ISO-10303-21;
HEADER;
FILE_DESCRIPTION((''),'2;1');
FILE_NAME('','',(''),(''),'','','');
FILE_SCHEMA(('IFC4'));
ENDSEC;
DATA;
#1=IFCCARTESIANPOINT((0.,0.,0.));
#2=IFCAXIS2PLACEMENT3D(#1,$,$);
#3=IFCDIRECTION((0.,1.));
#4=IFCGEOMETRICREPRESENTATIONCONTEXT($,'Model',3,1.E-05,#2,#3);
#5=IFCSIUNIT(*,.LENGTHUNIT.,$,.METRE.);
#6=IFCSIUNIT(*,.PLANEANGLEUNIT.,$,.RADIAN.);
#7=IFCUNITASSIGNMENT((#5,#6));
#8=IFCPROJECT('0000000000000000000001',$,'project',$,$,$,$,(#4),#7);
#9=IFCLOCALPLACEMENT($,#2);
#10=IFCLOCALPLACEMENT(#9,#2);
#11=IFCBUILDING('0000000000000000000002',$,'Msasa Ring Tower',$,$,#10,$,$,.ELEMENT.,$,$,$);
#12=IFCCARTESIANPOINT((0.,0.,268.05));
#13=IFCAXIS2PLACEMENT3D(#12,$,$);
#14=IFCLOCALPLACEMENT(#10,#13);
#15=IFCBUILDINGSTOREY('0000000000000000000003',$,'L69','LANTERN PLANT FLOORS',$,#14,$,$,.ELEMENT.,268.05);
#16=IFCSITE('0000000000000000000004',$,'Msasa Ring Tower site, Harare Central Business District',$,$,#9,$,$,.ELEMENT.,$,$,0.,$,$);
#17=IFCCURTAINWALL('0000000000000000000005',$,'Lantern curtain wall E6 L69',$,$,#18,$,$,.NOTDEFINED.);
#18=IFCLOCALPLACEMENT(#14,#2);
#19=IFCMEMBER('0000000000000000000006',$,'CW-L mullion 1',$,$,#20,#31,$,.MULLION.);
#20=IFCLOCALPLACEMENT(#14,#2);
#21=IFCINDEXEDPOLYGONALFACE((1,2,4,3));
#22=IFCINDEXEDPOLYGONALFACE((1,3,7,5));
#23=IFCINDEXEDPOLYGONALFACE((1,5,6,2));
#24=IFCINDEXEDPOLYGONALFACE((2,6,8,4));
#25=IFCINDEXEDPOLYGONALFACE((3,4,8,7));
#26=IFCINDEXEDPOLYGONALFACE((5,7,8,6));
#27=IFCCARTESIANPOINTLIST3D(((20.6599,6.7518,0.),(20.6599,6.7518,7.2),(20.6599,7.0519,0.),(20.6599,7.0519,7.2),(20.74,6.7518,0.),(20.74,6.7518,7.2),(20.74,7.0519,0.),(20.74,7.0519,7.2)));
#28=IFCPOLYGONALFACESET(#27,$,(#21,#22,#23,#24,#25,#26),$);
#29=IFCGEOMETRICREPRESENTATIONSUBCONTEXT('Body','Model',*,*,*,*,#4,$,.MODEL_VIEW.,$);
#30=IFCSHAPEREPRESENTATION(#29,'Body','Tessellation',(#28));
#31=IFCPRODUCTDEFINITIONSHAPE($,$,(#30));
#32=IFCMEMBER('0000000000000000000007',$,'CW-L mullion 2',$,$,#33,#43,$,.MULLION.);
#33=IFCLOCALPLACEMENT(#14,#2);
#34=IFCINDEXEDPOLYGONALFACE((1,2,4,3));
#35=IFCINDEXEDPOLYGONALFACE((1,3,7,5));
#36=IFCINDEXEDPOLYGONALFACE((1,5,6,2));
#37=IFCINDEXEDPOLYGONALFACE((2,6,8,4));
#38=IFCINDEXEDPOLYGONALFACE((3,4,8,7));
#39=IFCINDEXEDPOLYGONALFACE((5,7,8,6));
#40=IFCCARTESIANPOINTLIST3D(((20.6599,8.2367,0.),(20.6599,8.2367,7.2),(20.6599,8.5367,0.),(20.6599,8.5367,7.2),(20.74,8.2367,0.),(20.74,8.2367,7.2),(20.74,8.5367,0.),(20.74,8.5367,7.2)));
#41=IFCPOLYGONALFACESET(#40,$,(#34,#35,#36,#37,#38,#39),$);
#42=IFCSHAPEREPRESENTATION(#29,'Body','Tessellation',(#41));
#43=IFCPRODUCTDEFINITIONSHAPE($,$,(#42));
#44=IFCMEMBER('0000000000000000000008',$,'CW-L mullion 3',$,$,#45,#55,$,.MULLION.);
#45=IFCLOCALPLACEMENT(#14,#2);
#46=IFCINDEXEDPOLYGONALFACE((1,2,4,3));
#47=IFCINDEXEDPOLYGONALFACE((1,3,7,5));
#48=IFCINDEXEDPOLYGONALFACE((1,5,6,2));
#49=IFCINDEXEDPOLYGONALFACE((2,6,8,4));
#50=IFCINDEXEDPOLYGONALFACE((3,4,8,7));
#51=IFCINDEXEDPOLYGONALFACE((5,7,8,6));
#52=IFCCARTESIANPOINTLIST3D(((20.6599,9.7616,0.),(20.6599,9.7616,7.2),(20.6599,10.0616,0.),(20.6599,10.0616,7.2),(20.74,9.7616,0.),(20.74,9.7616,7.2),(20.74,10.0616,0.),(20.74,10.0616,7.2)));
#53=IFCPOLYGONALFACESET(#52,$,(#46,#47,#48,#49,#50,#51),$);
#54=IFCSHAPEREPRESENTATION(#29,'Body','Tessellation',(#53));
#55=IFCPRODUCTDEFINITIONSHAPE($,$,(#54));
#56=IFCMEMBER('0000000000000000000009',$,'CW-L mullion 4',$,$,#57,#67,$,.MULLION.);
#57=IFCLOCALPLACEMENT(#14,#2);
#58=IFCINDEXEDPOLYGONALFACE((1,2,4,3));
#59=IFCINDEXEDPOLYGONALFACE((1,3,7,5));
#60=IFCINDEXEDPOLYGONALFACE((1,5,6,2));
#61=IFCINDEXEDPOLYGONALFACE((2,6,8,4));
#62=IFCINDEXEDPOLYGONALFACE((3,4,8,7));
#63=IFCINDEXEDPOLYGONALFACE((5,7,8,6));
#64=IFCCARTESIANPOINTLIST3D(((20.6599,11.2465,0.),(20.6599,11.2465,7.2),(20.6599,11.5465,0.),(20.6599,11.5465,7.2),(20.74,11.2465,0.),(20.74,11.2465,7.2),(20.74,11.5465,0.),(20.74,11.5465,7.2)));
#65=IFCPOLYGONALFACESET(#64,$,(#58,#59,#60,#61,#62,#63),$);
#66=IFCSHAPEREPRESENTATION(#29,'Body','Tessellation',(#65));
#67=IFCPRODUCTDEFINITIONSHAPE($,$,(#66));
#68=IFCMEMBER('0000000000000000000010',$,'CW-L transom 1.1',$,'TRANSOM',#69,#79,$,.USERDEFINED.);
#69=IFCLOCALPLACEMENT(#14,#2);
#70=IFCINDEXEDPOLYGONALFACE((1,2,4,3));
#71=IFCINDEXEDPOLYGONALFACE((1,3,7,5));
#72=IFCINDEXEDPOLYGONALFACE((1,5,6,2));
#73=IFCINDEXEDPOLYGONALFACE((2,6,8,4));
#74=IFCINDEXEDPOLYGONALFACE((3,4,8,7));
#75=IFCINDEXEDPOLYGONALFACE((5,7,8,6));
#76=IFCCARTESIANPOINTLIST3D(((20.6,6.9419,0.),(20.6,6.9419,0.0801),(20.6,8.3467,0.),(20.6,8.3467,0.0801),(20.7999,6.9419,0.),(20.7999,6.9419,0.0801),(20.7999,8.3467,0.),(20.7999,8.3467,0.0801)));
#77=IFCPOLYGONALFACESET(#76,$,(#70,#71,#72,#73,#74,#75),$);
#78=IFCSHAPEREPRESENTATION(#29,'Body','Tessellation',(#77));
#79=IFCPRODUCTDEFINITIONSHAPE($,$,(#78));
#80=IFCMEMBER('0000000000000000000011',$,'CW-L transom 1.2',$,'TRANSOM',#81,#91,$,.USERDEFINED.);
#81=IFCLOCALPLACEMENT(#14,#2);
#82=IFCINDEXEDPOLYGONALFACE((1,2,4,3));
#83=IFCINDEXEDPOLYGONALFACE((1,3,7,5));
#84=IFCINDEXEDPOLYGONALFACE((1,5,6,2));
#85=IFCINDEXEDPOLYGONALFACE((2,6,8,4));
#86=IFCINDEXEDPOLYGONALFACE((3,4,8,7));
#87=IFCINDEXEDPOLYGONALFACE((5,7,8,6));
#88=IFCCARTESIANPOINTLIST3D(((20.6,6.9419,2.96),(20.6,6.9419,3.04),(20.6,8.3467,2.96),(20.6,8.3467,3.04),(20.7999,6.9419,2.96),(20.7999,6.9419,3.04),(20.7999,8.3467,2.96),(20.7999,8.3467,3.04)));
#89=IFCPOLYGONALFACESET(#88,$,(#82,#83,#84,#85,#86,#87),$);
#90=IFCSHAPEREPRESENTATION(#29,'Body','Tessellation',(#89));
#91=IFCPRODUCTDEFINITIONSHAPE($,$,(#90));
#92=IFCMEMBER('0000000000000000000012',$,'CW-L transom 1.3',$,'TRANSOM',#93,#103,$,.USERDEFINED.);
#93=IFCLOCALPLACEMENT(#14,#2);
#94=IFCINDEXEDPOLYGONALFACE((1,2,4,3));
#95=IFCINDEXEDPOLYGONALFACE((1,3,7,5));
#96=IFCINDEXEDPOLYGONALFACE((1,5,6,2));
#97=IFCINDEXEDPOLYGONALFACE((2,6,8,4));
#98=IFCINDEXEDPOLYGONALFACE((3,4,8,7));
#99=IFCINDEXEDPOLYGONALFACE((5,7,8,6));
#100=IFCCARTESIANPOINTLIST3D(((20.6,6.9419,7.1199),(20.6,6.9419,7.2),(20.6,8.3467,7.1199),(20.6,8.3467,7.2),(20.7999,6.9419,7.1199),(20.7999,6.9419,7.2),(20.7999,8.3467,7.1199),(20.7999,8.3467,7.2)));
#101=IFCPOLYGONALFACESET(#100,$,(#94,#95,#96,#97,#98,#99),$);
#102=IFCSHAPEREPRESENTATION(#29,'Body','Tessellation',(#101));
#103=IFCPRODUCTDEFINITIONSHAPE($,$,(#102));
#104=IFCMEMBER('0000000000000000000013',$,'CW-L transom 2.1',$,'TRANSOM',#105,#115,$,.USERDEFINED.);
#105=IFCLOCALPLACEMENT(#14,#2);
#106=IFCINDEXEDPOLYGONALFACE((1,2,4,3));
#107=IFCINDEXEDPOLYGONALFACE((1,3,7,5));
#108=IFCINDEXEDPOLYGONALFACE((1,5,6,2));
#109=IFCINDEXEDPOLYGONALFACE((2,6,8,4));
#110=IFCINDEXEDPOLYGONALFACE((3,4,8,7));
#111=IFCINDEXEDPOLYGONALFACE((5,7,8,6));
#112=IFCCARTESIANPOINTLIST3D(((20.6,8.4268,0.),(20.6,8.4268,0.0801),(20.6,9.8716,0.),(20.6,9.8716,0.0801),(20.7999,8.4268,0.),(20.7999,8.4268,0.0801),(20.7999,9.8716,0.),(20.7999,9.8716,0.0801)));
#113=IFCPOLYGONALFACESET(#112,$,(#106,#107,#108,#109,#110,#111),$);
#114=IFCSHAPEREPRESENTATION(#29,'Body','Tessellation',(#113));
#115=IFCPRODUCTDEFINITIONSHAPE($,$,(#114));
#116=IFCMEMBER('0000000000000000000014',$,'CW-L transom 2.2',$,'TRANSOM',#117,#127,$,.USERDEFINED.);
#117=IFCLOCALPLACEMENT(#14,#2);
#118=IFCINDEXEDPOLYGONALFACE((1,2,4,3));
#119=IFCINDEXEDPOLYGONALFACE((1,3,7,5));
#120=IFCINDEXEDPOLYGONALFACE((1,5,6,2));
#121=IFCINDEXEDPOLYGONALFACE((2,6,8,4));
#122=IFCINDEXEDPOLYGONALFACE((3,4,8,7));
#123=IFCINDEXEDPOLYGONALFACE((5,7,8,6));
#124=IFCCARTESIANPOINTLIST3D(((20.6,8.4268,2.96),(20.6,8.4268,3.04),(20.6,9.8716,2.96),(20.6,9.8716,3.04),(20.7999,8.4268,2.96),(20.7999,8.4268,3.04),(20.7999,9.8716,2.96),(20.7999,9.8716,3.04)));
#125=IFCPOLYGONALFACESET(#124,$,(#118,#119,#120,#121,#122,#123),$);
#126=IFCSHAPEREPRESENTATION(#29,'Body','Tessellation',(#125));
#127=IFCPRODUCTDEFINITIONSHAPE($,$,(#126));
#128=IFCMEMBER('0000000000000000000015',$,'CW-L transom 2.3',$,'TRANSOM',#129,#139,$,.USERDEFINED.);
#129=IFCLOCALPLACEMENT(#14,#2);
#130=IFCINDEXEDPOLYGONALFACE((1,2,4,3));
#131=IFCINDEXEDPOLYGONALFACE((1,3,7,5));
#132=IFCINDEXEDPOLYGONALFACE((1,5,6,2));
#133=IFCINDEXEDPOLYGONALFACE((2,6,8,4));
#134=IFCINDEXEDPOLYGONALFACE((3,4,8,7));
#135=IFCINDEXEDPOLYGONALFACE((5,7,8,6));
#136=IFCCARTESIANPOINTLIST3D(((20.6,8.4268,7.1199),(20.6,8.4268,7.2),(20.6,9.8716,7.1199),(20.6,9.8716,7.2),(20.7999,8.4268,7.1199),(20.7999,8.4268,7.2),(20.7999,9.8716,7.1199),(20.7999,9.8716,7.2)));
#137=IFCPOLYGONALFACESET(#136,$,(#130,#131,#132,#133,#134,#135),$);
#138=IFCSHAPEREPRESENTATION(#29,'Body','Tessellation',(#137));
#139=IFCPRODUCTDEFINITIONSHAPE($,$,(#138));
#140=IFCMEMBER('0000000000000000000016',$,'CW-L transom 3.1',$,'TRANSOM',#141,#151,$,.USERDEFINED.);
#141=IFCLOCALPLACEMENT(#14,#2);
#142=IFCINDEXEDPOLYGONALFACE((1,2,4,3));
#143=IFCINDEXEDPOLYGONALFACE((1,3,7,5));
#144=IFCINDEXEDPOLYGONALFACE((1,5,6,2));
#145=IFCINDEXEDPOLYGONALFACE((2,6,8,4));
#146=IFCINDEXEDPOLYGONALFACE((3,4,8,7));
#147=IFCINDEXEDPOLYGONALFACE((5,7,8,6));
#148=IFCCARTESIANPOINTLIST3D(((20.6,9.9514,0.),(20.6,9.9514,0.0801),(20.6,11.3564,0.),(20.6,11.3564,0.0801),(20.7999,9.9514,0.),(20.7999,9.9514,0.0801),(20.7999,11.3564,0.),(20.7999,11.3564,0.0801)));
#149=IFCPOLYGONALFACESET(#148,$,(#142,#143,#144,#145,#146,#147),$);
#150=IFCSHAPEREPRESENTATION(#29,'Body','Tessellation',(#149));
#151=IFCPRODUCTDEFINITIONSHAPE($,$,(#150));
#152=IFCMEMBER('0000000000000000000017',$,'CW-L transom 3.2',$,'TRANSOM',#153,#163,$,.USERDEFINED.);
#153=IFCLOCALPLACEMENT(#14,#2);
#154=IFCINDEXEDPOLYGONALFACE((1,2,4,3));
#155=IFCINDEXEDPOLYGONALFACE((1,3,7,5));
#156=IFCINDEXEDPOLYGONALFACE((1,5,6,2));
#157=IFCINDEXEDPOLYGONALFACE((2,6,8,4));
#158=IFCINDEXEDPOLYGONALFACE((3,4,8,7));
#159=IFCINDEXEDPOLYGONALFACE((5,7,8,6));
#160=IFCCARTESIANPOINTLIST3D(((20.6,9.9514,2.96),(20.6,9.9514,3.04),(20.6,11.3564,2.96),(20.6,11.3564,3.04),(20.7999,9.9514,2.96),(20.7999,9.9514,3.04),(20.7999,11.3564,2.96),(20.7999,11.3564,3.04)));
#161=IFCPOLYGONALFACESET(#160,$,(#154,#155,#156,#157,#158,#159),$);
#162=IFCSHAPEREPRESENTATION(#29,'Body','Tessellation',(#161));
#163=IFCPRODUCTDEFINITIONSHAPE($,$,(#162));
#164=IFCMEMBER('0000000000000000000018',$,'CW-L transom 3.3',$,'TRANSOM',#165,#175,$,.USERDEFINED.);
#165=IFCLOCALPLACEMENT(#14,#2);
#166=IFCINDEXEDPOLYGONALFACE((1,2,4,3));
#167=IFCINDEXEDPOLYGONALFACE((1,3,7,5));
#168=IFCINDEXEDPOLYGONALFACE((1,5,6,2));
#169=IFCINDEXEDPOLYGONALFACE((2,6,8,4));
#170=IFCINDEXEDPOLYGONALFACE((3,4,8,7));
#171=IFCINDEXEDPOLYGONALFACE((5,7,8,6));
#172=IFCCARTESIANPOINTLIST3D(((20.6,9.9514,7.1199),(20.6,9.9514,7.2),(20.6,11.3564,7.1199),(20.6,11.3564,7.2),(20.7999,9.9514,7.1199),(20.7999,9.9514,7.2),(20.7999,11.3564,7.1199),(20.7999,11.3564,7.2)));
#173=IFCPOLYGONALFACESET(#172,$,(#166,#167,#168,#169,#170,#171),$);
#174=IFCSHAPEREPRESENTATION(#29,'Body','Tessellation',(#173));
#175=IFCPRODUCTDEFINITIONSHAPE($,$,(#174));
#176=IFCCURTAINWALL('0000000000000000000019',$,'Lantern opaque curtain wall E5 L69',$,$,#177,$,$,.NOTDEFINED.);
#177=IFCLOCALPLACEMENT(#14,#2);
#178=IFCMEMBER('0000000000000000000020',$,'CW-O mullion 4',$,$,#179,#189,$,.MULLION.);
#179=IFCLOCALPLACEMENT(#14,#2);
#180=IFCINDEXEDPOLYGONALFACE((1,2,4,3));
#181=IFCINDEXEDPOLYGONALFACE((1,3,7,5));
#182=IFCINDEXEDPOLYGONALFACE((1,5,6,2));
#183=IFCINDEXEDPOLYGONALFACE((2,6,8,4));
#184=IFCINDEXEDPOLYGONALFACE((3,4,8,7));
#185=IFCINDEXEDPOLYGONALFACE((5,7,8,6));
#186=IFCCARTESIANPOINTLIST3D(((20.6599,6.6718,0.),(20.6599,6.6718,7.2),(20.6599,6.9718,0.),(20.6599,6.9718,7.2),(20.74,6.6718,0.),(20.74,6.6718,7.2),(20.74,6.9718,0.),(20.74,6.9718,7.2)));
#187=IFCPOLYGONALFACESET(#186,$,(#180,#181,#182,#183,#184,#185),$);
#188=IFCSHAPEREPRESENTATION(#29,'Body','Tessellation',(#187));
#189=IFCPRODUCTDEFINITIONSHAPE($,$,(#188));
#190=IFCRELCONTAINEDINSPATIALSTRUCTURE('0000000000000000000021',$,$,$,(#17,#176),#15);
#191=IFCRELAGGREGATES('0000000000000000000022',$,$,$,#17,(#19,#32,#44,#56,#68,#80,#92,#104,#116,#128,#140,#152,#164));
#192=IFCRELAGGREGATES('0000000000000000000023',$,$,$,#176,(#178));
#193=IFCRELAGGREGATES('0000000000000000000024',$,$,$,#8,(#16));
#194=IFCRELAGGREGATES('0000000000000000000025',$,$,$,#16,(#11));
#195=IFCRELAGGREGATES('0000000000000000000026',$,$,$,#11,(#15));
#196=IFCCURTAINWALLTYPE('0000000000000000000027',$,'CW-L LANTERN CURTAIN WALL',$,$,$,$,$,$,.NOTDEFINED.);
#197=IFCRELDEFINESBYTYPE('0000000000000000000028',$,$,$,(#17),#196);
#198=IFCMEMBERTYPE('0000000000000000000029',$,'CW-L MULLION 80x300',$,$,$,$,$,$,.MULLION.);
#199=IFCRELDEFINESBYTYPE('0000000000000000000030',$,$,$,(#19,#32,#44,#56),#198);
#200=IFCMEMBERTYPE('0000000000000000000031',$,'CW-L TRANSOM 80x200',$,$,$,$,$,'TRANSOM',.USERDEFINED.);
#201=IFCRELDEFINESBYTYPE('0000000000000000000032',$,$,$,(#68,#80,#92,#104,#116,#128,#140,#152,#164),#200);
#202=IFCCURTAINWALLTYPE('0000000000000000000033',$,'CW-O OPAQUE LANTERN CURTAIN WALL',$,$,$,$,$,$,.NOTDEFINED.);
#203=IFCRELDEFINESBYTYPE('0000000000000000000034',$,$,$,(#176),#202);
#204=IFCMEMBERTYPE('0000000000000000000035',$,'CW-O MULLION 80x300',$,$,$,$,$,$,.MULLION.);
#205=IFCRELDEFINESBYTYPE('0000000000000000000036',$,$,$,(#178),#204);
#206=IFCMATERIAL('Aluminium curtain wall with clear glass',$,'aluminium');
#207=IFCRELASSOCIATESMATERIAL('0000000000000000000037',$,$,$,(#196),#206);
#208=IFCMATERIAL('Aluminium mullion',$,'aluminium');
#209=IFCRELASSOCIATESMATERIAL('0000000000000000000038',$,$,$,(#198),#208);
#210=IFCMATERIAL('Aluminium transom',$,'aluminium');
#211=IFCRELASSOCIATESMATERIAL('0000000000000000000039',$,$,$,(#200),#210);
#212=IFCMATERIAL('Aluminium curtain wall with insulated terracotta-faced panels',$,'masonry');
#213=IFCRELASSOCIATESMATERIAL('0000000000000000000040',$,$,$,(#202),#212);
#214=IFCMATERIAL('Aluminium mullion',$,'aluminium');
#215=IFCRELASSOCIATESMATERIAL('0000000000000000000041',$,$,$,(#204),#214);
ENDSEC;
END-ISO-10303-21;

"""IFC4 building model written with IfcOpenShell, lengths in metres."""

from ifc_helpers import new_model, si_unit, direction, frame, origin, origin_2d, place, context, subcontext, project, spatial, rectangle, extrude, material, material_profile, profile_set, type_object, element, aggregate, save


model = new_model("IFC4")

# Units and contexts
model_context = context("Model", 3, precision=1e-05, world=origin(), true_north=direction((0.0, 1.0)))
body_context = subcontext(model_context, "Body", "Model", "MODEL_VIEW")
ifc_project = project(units=[si_unit("LENGTHUNIT", "METRE"), si_unit("PLANEANGLEUNIT", "RADIAN")], contexts=[model_context])

# Site, building, storey
site_placement = place(None, origin())
site = spatial("IfcSite", under=ifc_project, at=site_placement, Name="Msasa Ring Tower site, Harare Central Business District", CompositionType="ELEMENT", RefElevation=0.0)
building_placement = place(site_placement, origin())
building = spatial("IfcBuilding", under=site, at=building_placement, Name="Msasa Ring Tower", CompositionType="ELEMENT")
storey_placement = place(building_placement, frame((0.0, 0.0, 268.05)))
storey = spatial("IfcBuildingStorey", under=building, at=storey_placement, Name="L69", Description="LANTERN PLANT FLOORS", CompositionType="ELEMENT", Elevation=268.05)

# Curtain walls, members
ifc_material_1 = material(Name="Aluminium curtain wall with clear glass", Category="aluminium")
curtain_wall_type_1 = type_object("IfcCurtainWallType", Name="CW-L LANTERN CURTAIN WALL", PredefinedType="NOTDEFINED", material=ifc_material_1)
curtain_wall_1_placement = place(storey_placement, origin())
curtain_wall_1 = element("IfcCurtainWall", 1, at=curtain_wall_1_placement, inside=storey, type_object=curtain_wall_type_1, Name="Lantern curtain wall E6 L69", PredefinedType="NOTDEFINED")
ifc_material_2 = material(Name="Aluminium mullion", Category="aluminium")
ifc_material_profile_1 = material_profile(ifc_material_2, rectangle(XDim=0.0801, YDim=0.3, at=origin_2d()), Name="AL 80x300")
ifc_profile_set_1 = profile_set([ifc_material_profile_1], Name="Aluminium mullion")
member_type_1 = type_object("IfcMemberType", Name="CW-L MULLION 80x300", PredefinedType="MULLION", material=ifc_profile_set_1)
member_1_placement = place(storey_placement, frame((20.7, 6.9019, 0.0), z_axis=(0.0, 0.0, 1.0), x_axis=(-1.0, 0.0, 0.0)))
member_1 = element("IfcMember", 2, at=member_1_placement, type_object=member_type_1, Name="CW-L mullion 1", PredefinedType="MULLION", context=body_context, shape_type="SweptSolid", body=[
    extrude(rectangle(XDim=0.0801, YDim=0.3, at=origin_2d()), origin(), (0.0, 0.0, 1.0), 7.2),
])
member_2_placement = place(storey_placement, frame((20.7, 8.3867, 0.0), z_axis=(0.0, 0.0, 1.0), x_axis=(-1.0, 0.0, 0.0)))
member_2 = element("IfcMember", 3, at=member_2_placement, type_object=member_type_1, Name="CW-L mullion 2", PredefinedType="MULLION", context=body_context, shape_type="SweptSolid", body=[
    extrude(rectangle(XDim=0.0801, YDim=0.3, at=origin_2d()), origin(), (0.0, 0.0, 1.0), 7.2),
])
member_3_placement = place(storey_placement, frame((20.7, 9.9116, 0.0), z_axis=(0.0, 0.0, 1.0), x_axis=(-1.0, 0.0, 0.0)))
member_3 = element("IfcMember", 4, at=member_3_placement, type_object=member_type_1, Name="CW-L mullion 3", PredefinedType="MULLION", context=body_context, shape_type="SweptSolid", body=[
    extrude(rectangle(XDim=0.0801, YDim=0.3, at=origin_2d()), origin(), (0.0, 0.0, 1.0), 7.2),
])
member_4_placement = place(storey_placement, frame((20.7, 11.3965, 0.0), z_axis=(0.0, 0.0, 1.0), x_axis=(-1.0, 0.0, 0.0)))
member_4 = element("IfcMember", 5, at=member_4_placement, type_object=member_type_1, Name="CW-L mullion 4", PredefinedType="MULLION", context=body_context, shape_type="SweptSolid", body=[
    extrude(rectangle(XDim=0.0801, YDim=0.3, at=origin_2d()), origin(), (0.0, 0.0, 1.0), 7.2),
])
ifc_material_3 = material(Name="Aluminium transom", Category="aluminium")
ifc_material_profile_2 = material_profile(ifc_material_3, rectangle(XDim=0.2, YDim=0.0801, at=origin_2d()), Name="AL 80x200")
ifc_profile_set_2 = profile_set([ifc_material_profile_2], Name="Aluminium transom")
member_type_2 = type_object("IfcMemberType", Name="CW-L TRANSOM 80x200", ElementType="TRANSOM", PredefinedType="USERDEFINED", material=ifc_profile_set_2)
member_5_placement = place(storey_placement, frame((20.7, 6.9419, 0.04), z_axis=(0.0, 1.0, 0.0), x_axis=(-1.0, 0.0, 0.0)))
member_5 = element("IfcMember", 6, at=member_5_placement, type_object=member_type_2, Name="CW-L transom 1.1", ObjectType="TRANSOM", PredefinedType="USERDEFINED", context=body_context, shape_type="SweptSolid", body=[
    extrude(rectangle(XDim=0.2, YDim=0.0801, at=origin_2d()), origin(), (0.0, 0.0, 1.0), 1.4048),
])
member_6_placement = place(storey_placement, frame((20.7, 6.9419, 3.0), z_axis=(0.0, 1.0, 0.0), x_axis=(-1.0, 0.0, 0.0)))
member_6 = element("IfcMember", 7, at=member_6_placement, type_object=member_type_2, Name="CW-L transom 1.2", ObjectType="TRANSOM", PredefinedType="USERDEFINED", context=body_context, shape_type="SweptSolid", body=[
    extrude(rectangle(XDim=0.2, YDim=0.0801, at=origin_2d()), origin(), (0.0, 0.0, 1.0), 1.4048),
])
member_7_placement = place(storey_placement, frame((20.7, 6.9419, 7.1599), z_axis=(0.0, 1.0, 0.0), x_axis=(-1.0, 0.0, 0.0)))
member_7 = element("IfcMember", 8, at=member_7_placement, type_object=member_type_2, Name="CW-L transom 1.3", ObjectType="TRANSOM", PredefinedType="USERDEFINED", context=body_context, shape_type="SweptSolid", body=[
    extrude(rectangle(XDim=0.2, YDim=0.0801, at=origin_2d()), origin(), (0.0, 0.0, 1.0), 1.4048),
])
member_8_placement = place(storey_placement, frame((20.7, 8.4268, 0.04), z_axis=(0.0, 1.0, 0.0), x_axis=(-1.0, 0.0, 0.0)))
member_8 = element("IfcMember", 9, at=member_8_placement, type_object=member_type_2, Name="CW-L transom 2.1", ObjectType="TRANSOM", PredefinedType="USERDEFINED", context=body_context, shape_type="SweptSolid", body=[
    extrude(rectangle(XDim=0.2, YDim=0.0801, at=origin_2d()), origin(), (0.0, 0.0, 1.0), 1.4448),
])
member_9_placement = place(storey_placement, frame((20.7, 8.4268, 3.0), z_axis=(0.0, 1.0, 0.0), x_axis=(-1.0, 0.0, 0.0)))
member_9 = element("IfcMember", 10, at=member_9_placement, type_object=member_type_2, Name="CW-L transom 2.2", ObjectType="TRANSOM", PredefinedType="USERDEFINED", context=body_context, shape_type="SweptSolid", body=[
    extrude(rectangle(XDim=0.2, YDim=0.0801, at=origin_2d()), origin(), (0.0, 0.0, 1.0), 1.4448),
])
member_10_placement = place(storey_placement, frame((20.7, 8.4268, 7.1599), z_axis=(0.0, 1.0, 0.0), x_axis=(-1.0, 0.0, 0.0)))
member_10 = element("IfcMember", 11, at=member_10_placement, type_object=member_type_2, Name="CW-L transom 2.3", ObjectType="TRANSOM", PredefinedType="USERDEFINED", context=body_context, shape_type="SweptSolid", body=[
    extrude(rectangle(XDim=0.2, YDim=0.0801, at=origin_2d()), origin(), (0.0, 0.0, 1.0), 1.4448),
])
member_11_placement = place(storey_placement, frame((20.7, 9.9514, 0.04), z_axis=(0.0, 1.0, 0.0), x_axis=(-1.0, 0.0, 0.0)))
member_11 = element("IfcMember", 12, at=member_11_placement, type_object=member_type_2, Name="CW-L transom 3.1", ObjectType="TRANSOM", PredefinedType="USERDEFINED", context=body_context, shape_type="SweptSolid", body=[
    extrude(rectangle(XDim=0.2, YDim=0.0801, at=origin_2d()), origin(), (0.0, 0.0, 1.0), 1.405),
])
member_12_placement = place(storey_placement, frame((20.7, 9.9514, 3.0), z_axis=(0.0, 1.0, 0.0), x_axis=(-1.0, 0.0, 0.0)))
member_12 = element("IfcMember", 13, at=member_12_placement, type_object=member_type_2, Name="CW-L transom 3.2", ObjectType="TRANSOM", PredefinedType="USERDEFINED", context=body_context, shape_type="SweptSolid", body=[
    extrude(rectangle(XDim=0.2, YDim=0.0801, at=origin_2d()), origin(), (0.0, 0.0, 1.0), 1.405),
])
member_13_placement = place(storey_placement, frame((20.7, 9.9514, 7.1599), z_axis=(0.0, 1.0, 0.0), x_axis=(-1.0, 0.0, 0.0)))
member_13 = element("IfcMember", 14, at=member_13_placement, type_object=member_type_2, Name="CW-L transom 3.3", ObjectType="TRANSOM", PredefinedType="USERDEFINED", context=body_context, shape_type="SweptSolid", body=[
    extrude(rectangle(XDim=0.2, YDim=0.0801, at=origin_2d()), origin(), (0.0, 0.0, 1.0), 1.405),
])
ifc_material_4 = material(Name="Aluminium curtain wall with insulated terracotta-faced panels", Category="masonry")
curtain_wall_type_2 = type_object("IfcCurtainWallType", Name="CW-O OPAQUE LANTERN CURTAIN WALL", PredefinedType="NOTDEFINED", material=ifc_material_4)
curtain_wall_2_placement = place(storey_placement, origin())
curtain_wall_2 = element("IfcCurtainWall", 15, at=curtain_wall_2_placement, inside=storey, type_object=curtain_wall_type_2, Name="Lantern opaque curtain wall E5 L69", PredefinedType="NOTDEFINED")
ifc_material_5 = material(Name="Aluminium mullion", Category="aluminium")
ifc_material_profile_3 = material_profile(ifc_material_5, rectangle(XDim=0.0801, YDim=0.3, at=origin_2d()), Name="AL 80x300")
ifc_profile_set_3 = profile_set([ifc_material_profile_3], Name="Aluminium mullion")
member_type_3 = type_object("IfcMemberType", Name="CW-O MULLION 80x300", PredefinedType="MULLION", material=ifc_profile_set_3)
member_14_placement = place(storey_placement, frame((20.7, 6.8218, 0.0), z_axis=(0.0, 0.0, 1.0), x_axis=(-1.0, 0.0, 0.0)))
member_14 = element("IfcMember", 16, at=member_14_placement, type_object=member_type_3, Name="CW-O mullion 4", PredefinedType="MULLION", context=body_context, shape_type="SweptSolid", body=[
    extrude(rectangle(XDim=0.0801, YDim=0.3, at=origin_2d()), origin(), (0.0, 0.0, 1.0), 7.2),
])

aggregate(curtain_wall_1, [member_1, member_2, member_3, member_4, member_5, member_6, member_7, member_8, member_9, member_10, member_11, member_12, member_13])
aggregate(curtain_wall_2, [member_14])

save(model, "model.ifc")
